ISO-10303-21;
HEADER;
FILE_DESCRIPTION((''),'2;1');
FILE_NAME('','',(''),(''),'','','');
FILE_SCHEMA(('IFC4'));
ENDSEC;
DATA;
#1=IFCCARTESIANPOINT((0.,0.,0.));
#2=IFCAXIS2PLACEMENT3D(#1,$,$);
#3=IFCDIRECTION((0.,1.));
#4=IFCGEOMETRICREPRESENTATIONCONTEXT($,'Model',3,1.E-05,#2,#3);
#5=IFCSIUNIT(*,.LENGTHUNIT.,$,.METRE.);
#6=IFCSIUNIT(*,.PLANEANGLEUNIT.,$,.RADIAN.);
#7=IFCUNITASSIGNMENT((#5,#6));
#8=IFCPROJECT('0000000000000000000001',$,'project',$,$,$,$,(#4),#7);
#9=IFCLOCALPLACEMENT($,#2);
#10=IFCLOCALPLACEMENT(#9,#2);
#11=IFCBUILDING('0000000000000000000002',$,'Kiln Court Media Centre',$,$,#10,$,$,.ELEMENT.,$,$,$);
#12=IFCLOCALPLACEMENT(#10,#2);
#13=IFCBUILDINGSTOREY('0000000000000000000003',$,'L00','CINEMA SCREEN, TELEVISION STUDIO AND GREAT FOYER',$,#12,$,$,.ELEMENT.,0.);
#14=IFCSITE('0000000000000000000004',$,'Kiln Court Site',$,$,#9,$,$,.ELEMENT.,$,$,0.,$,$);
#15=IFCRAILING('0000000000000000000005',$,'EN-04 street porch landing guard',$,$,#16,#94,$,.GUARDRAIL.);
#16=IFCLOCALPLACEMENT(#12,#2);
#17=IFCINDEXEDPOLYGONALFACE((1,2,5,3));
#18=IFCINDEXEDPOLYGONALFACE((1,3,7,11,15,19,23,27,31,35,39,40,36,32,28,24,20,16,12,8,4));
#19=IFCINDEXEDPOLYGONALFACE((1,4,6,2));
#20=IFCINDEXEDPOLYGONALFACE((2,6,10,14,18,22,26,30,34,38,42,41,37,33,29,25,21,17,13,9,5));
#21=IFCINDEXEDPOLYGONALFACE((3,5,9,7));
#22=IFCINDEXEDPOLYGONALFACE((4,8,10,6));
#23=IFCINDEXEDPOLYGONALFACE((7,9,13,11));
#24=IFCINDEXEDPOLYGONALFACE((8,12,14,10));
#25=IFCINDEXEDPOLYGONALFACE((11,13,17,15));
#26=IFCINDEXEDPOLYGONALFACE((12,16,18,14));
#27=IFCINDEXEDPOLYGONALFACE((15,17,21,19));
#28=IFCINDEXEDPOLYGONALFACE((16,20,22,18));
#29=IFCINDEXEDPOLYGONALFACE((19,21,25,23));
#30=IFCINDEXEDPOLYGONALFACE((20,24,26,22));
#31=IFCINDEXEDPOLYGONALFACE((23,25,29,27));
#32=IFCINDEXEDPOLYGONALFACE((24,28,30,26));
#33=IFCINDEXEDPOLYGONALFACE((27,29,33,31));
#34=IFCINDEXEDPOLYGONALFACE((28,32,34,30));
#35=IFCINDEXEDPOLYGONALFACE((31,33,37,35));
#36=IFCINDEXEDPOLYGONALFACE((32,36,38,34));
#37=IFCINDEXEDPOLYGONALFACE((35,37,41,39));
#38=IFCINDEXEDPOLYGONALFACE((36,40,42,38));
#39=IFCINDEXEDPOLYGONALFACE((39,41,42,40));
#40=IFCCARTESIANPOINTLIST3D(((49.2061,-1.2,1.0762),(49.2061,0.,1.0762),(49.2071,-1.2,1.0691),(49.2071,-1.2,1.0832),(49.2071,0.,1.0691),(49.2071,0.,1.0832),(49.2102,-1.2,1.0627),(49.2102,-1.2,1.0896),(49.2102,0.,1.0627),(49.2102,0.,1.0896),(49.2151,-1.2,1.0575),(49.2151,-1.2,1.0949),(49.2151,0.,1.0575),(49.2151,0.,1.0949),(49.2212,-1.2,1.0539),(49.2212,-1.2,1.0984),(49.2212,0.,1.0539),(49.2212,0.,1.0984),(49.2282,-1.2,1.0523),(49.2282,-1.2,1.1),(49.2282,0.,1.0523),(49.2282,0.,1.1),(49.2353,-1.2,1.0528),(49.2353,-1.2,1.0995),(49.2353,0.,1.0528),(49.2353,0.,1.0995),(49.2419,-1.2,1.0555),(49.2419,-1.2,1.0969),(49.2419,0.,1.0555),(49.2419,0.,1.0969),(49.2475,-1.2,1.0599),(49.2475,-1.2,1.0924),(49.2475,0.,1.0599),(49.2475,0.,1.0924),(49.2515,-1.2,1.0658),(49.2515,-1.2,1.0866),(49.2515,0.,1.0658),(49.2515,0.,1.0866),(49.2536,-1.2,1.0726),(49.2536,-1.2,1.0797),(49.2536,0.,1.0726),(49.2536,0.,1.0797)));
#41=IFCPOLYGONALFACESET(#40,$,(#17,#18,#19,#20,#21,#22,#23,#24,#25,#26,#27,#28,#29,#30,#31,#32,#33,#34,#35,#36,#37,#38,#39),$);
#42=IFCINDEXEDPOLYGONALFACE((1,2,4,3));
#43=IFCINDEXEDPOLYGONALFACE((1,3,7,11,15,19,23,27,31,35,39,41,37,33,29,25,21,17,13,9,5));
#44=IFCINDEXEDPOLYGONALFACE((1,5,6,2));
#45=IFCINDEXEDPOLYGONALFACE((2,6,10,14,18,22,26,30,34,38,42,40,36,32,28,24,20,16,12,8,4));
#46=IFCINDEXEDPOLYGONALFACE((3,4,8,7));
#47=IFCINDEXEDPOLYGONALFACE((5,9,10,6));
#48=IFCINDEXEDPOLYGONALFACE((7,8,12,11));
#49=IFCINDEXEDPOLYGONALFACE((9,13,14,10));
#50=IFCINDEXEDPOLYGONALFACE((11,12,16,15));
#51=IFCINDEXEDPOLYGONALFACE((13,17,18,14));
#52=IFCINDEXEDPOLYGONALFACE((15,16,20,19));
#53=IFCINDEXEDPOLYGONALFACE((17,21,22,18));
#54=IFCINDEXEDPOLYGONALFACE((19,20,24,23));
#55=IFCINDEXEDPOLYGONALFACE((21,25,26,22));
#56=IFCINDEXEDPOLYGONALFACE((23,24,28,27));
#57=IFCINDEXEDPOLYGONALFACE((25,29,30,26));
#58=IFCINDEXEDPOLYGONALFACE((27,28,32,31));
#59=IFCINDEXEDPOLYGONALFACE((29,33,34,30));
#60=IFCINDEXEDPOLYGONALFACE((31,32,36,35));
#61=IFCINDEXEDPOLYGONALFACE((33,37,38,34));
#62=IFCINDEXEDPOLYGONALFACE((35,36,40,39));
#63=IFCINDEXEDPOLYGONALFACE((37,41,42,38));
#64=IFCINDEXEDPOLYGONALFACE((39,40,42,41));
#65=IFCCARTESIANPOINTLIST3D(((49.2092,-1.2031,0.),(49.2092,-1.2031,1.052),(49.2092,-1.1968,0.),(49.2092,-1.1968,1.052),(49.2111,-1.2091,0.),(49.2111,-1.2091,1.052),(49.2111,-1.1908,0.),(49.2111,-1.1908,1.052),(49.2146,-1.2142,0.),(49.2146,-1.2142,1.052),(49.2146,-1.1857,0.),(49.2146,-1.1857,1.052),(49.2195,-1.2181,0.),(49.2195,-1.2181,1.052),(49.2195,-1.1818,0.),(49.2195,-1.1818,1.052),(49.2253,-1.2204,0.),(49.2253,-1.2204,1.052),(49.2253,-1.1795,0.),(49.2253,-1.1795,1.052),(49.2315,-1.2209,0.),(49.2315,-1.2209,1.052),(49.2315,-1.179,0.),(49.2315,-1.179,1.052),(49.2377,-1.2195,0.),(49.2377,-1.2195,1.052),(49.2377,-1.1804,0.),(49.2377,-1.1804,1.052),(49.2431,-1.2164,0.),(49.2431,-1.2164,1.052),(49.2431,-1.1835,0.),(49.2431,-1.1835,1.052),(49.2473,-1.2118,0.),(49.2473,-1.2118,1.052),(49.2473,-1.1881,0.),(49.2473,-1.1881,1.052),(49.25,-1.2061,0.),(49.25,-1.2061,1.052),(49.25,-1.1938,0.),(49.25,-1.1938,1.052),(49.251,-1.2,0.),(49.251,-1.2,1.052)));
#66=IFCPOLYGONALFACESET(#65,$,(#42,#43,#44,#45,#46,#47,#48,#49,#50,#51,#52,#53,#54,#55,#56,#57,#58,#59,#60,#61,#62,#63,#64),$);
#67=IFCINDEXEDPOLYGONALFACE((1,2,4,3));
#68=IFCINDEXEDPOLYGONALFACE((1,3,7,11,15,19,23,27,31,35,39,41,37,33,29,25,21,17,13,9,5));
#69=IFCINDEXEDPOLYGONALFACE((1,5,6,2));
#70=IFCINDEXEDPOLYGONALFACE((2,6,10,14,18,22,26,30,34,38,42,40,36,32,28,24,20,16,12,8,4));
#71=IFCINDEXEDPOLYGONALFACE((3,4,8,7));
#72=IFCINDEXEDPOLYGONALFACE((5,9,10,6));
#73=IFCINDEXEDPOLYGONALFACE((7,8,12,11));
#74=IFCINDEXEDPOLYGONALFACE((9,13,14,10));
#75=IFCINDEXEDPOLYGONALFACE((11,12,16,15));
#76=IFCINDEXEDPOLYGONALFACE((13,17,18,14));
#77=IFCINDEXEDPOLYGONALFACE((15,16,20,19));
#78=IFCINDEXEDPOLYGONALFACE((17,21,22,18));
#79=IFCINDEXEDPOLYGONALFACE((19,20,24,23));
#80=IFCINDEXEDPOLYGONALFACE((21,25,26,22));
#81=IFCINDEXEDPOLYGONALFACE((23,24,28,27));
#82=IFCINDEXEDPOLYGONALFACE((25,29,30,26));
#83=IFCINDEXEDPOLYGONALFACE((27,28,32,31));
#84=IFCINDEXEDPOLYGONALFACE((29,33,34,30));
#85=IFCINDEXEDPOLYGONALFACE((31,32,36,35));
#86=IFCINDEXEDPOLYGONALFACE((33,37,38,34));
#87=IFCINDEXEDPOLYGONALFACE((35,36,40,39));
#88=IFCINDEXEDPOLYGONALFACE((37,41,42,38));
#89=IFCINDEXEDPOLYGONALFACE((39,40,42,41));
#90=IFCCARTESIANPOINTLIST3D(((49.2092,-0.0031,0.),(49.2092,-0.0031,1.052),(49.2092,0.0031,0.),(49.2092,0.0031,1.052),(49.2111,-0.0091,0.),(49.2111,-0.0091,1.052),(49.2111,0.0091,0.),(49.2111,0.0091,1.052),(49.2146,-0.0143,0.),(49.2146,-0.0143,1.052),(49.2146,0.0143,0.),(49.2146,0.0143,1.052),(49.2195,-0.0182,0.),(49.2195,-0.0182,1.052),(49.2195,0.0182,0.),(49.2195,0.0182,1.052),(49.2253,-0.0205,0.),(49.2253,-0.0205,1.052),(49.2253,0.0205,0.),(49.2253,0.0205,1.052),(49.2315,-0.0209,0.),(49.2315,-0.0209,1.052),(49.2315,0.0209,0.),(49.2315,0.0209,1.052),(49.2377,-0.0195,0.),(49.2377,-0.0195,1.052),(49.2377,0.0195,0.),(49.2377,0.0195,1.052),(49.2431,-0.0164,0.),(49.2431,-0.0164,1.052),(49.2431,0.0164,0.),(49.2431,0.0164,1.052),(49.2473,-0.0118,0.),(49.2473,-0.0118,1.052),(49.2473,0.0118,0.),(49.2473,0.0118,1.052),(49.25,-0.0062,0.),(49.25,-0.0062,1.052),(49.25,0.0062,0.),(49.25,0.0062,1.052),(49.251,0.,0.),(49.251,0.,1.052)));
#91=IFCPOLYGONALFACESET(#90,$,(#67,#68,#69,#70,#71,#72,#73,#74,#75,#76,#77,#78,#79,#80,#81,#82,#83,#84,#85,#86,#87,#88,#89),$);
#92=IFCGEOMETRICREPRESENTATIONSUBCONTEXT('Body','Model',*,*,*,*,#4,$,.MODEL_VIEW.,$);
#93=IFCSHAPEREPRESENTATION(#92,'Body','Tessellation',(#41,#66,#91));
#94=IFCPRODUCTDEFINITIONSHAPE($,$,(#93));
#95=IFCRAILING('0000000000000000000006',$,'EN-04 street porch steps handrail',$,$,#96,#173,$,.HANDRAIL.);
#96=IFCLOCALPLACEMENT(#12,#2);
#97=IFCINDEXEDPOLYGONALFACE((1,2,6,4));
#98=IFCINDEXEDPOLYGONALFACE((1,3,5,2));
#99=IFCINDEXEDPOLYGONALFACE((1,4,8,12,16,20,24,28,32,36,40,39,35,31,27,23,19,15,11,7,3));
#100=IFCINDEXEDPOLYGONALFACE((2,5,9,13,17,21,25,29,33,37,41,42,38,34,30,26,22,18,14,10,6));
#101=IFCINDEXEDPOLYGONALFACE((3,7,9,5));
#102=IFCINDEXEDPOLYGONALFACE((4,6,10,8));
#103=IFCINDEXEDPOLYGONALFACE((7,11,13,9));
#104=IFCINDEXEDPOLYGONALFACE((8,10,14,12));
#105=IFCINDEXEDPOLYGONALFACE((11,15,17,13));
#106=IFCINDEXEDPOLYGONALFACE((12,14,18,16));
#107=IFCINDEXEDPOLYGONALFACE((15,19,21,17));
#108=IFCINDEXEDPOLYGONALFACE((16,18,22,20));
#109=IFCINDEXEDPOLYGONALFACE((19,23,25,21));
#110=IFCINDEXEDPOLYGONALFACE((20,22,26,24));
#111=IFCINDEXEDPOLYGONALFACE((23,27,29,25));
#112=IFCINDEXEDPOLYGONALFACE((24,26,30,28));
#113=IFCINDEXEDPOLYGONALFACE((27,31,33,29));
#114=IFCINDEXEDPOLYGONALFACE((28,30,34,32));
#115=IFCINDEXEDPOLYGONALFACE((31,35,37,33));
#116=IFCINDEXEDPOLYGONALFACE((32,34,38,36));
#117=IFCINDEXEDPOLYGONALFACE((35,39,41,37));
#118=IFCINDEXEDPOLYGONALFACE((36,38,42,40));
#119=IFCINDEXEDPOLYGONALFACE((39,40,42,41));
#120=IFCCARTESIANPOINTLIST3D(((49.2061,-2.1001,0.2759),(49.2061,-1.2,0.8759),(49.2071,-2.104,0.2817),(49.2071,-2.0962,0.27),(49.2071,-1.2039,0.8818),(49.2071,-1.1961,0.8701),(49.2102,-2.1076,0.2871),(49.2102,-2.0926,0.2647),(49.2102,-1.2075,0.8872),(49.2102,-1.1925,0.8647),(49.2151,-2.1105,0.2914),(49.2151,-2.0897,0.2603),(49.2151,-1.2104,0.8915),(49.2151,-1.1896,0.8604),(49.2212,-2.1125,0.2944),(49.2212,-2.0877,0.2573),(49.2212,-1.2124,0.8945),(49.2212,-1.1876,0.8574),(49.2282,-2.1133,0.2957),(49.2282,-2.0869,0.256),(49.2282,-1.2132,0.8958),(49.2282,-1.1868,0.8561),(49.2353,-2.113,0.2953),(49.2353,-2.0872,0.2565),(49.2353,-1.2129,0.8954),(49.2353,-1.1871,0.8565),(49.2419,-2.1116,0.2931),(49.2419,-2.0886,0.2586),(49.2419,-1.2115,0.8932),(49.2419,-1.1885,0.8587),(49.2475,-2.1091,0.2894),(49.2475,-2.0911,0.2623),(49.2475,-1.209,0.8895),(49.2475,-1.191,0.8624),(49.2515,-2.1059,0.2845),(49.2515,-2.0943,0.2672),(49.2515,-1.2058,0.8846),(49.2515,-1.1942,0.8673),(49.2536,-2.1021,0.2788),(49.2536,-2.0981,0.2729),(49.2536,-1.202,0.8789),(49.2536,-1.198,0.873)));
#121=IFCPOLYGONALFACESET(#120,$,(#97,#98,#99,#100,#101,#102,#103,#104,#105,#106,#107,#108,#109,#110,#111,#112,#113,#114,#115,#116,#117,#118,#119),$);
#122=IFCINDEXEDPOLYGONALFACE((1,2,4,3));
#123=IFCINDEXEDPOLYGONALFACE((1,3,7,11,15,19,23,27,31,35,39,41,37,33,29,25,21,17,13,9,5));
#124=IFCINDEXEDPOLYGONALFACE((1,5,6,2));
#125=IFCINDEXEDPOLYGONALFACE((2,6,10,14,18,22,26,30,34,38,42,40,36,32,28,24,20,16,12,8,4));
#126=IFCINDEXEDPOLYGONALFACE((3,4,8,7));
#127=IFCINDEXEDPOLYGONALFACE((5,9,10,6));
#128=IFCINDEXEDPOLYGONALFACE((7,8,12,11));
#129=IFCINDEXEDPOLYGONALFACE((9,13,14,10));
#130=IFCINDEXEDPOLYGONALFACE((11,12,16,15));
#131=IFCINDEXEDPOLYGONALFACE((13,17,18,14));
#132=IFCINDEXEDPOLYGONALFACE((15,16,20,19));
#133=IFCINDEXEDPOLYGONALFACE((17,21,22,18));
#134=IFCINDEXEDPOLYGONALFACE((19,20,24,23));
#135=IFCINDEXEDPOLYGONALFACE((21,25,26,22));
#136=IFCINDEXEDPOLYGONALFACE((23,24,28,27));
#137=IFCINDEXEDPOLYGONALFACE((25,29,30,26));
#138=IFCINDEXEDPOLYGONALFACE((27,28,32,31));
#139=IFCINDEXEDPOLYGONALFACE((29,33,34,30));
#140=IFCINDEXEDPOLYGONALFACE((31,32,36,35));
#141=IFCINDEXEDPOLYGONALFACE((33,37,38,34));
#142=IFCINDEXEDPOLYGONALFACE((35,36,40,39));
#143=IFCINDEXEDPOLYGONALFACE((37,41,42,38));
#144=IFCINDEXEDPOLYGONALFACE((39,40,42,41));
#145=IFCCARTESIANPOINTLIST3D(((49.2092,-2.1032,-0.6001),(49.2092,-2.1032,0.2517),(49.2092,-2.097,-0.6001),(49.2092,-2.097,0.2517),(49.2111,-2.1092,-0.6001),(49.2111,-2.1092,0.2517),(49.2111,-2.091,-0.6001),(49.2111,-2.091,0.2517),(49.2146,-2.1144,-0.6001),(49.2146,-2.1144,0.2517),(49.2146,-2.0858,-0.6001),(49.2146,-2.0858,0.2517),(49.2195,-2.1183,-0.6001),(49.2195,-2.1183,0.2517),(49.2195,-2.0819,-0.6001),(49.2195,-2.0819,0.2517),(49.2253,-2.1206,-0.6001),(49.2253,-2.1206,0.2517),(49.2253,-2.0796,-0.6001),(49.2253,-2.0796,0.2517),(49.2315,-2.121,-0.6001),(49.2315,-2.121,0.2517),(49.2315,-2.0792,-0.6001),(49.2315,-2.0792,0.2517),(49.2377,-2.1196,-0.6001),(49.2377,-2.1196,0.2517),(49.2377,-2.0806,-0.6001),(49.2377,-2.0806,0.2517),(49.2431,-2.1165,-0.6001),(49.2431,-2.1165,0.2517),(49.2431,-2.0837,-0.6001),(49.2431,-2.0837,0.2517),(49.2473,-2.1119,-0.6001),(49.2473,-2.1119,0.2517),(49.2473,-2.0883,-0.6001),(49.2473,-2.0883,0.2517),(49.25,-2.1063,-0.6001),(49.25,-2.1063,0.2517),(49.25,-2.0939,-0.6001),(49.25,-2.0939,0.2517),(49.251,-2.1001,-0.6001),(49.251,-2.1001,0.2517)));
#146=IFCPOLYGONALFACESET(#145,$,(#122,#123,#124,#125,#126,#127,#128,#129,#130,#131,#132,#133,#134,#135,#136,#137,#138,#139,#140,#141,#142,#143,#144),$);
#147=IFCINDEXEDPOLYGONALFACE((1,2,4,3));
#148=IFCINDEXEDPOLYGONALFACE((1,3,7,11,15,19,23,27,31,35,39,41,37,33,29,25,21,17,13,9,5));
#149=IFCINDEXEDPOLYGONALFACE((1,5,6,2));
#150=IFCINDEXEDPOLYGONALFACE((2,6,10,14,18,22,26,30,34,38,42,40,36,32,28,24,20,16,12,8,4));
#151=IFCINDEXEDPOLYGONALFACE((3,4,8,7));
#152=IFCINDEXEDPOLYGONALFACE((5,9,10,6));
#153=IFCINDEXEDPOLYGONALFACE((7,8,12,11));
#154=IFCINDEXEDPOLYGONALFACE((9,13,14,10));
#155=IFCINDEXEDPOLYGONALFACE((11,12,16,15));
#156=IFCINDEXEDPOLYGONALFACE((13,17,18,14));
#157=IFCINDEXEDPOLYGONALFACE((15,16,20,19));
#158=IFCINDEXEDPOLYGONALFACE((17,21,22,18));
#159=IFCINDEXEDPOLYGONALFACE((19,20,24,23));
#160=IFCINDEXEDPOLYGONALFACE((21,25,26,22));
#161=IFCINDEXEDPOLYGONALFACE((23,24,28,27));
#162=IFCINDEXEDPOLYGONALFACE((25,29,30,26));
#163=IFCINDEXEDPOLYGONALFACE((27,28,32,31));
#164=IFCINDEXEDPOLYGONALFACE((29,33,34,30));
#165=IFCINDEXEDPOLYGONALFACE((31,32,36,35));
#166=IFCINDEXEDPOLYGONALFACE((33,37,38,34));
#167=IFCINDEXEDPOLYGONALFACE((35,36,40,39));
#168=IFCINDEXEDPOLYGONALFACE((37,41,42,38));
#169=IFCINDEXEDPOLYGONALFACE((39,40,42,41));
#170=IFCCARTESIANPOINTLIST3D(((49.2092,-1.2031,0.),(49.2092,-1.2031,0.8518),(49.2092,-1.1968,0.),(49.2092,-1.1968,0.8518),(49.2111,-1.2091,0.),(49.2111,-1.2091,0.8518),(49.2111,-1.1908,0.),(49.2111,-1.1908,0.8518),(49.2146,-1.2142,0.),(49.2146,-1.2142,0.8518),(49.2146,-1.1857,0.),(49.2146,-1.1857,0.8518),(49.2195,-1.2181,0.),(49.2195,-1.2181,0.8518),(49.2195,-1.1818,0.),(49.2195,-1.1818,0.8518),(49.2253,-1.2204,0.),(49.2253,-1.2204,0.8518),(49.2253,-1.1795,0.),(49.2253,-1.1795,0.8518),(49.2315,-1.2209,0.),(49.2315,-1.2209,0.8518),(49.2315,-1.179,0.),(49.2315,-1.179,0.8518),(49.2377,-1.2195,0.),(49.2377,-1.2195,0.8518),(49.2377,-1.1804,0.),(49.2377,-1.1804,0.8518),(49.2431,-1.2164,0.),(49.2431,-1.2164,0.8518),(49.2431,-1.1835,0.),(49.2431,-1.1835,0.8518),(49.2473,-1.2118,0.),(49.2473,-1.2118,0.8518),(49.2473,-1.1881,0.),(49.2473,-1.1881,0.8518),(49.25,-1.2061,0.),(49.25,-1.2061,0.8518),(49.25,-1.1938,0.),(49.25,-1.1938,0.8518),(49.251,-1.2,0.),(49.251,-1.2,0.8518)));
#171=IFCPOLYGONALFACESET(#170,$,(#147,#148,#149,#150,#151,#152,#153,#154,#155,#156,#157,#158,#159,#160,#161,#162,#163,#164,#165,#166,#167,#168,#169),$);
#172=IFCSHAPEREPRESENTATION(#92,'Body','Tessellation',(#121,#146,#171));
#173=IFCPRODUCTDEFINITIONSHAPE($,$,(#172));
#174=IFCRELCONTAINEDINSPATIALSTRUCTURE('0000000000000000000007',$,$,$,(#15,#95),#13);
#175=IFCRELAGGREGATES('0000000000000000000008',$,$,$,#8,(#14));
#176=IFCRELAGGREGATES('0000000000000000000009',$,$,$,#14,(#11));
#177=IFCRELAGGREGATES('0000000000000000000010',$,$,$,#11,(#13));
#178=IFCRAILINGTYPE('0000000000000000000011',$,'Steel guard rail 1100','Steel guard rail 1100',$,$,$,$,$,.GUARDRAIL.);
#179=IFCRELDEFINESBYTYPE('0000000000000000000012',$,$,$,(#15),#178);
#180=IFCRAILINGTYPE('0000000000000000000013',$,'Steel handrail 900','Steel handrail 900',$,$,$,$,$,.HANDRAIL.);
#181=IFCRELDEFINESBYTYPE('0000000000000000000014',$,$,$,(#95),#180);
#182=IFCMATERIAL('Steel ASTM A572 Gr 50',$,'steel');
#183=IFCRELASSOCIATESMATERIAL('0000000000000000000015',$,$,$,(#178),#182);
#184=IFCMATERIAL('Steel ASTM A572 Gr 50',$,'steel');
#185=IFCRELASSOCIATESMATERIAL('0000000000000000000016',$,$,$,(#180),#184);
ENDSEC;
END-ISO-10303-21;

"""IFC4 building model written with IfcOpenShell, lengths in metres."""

from ifc_helpers import new_model, si_unit, direction, frame, origin, origin_2d, place, context, subcontext, project, spatial, circle, extrude, material, type_object, element, save


model = new_model("IFC4")

# Units and contexts
model_context = context("Model", 3, precision=1e-05, world=origin(), true_north=direction((0.0, 1.0)))
body_context = subcontext(model_context, "Body", "Model", "MODEL_VIEW")
ifc_project = project(units=[si_unit("LENGTHUNIT", "METRE"), si_unit("PLANEANGLEUNIT", "RADIAN")], contexts=[model_context])

# Site, building, storey
site_placement = place(None, origin())
site = spatial("IfcSite", under=ifc_project, at=site_placement, Name="Kiln Court Site", CompositionType="ELEMENT", RefElevation=0.0)
building_placement = place(site_placement, origin())
building = spatial("IfcBuilding", under=site, at=building_placement, Name="Kiln Court Media Centre", CompositionType="ELEMENT")
storey_placement = place(building_placement, origin())
storey = spatial("IfcBuildingStorey", under=building, at=storey_placement, Name="L00", Description="CINEMA SCREEN, TELEVISION STUDIO AND GREAT FOYER", CompositionType="ELEMENT", Elevation=0.0)

# Railings
ifc_material_1 = material(Name="Steel ASTM A572 Gr 50", Category="steel")
railing_type_1 = type_object("IfcRailingType", Name="Steel guard rail 1100", Description="Steel guard rail 1100", PredefinedType="GUARDRAIL", material=ifc_material_1)
railing_1_placement = place(storey_placement, frame((49.23, -1.2, 0.0)))
element("IfcRailing", 1, at=railing_1_placement, inside=storey, type_object=railing_type_1, Name="EN-04 street porch landing guard", PredefinedType="GUARDRAIL", context=body_context, shape_type="SweptSolid", body=[
    extrude(circle(Radius=0.0239, at=origin_2d()), frame((0.0, 0.0, 1.0762), z_axis=(0.0, 1.0, 0.0), x_axis=(-1.0, 0.0, 0.0)), (0.0, 0.0, 1.0), 1.2),
    extrude(circle(Radius=0.021, at=origin_2d()), origin(), (0.0, 0.0, 1.0), 1.052),
    extrude(circle(Radius=0.021, at=origin_2d()), frame((0.0, 1.2, 0.0)), (0.0, 0.0, 1.0), 1.052),
])
ifc_material_2 = material(Name="Steel ASTM A572 Gr 50", Category="steel")
railing_type_2 = type_object("IfcRailingType", Name="Steel handrail 900", Description="Steel handrail 900", PredefinedType="HANDRAIL", material=ifc_material_2)
railing_2_placement = place(storey_placement, frame((49.23, -2.1001, -0.6001)))
element("IfcRailing", 2, at=railing_2_placement, inside=storey, type_object=railing_type_2, Name="EN-04 street porch steps handrail", PredefinedType="HANDRAIL", context=body_context, shape_type="SweptSolid", body=[
    extrude(circle(Radius=0.0239, at=origin_2d()), frame((0.0, 0.0, 0.876), z_axis=(0.0, 0.83205, 0.5547), x_axis=(-1.0, 0.0, 0.0)), (0.0, 0.0, 1.0), 1.0818),
    extrude(circle(Radius=0.021, at=origin_2d()), origin(), (0.0, 0.0, 1.0), 0.8518),
    extrude(circle(Radius=0.021, at=origin_2d()), frame((0.0, 0.9001, 0.6001)), (0.0, 0.0, 1.0), 0.8518),
])

save(model, "model.ifc")
